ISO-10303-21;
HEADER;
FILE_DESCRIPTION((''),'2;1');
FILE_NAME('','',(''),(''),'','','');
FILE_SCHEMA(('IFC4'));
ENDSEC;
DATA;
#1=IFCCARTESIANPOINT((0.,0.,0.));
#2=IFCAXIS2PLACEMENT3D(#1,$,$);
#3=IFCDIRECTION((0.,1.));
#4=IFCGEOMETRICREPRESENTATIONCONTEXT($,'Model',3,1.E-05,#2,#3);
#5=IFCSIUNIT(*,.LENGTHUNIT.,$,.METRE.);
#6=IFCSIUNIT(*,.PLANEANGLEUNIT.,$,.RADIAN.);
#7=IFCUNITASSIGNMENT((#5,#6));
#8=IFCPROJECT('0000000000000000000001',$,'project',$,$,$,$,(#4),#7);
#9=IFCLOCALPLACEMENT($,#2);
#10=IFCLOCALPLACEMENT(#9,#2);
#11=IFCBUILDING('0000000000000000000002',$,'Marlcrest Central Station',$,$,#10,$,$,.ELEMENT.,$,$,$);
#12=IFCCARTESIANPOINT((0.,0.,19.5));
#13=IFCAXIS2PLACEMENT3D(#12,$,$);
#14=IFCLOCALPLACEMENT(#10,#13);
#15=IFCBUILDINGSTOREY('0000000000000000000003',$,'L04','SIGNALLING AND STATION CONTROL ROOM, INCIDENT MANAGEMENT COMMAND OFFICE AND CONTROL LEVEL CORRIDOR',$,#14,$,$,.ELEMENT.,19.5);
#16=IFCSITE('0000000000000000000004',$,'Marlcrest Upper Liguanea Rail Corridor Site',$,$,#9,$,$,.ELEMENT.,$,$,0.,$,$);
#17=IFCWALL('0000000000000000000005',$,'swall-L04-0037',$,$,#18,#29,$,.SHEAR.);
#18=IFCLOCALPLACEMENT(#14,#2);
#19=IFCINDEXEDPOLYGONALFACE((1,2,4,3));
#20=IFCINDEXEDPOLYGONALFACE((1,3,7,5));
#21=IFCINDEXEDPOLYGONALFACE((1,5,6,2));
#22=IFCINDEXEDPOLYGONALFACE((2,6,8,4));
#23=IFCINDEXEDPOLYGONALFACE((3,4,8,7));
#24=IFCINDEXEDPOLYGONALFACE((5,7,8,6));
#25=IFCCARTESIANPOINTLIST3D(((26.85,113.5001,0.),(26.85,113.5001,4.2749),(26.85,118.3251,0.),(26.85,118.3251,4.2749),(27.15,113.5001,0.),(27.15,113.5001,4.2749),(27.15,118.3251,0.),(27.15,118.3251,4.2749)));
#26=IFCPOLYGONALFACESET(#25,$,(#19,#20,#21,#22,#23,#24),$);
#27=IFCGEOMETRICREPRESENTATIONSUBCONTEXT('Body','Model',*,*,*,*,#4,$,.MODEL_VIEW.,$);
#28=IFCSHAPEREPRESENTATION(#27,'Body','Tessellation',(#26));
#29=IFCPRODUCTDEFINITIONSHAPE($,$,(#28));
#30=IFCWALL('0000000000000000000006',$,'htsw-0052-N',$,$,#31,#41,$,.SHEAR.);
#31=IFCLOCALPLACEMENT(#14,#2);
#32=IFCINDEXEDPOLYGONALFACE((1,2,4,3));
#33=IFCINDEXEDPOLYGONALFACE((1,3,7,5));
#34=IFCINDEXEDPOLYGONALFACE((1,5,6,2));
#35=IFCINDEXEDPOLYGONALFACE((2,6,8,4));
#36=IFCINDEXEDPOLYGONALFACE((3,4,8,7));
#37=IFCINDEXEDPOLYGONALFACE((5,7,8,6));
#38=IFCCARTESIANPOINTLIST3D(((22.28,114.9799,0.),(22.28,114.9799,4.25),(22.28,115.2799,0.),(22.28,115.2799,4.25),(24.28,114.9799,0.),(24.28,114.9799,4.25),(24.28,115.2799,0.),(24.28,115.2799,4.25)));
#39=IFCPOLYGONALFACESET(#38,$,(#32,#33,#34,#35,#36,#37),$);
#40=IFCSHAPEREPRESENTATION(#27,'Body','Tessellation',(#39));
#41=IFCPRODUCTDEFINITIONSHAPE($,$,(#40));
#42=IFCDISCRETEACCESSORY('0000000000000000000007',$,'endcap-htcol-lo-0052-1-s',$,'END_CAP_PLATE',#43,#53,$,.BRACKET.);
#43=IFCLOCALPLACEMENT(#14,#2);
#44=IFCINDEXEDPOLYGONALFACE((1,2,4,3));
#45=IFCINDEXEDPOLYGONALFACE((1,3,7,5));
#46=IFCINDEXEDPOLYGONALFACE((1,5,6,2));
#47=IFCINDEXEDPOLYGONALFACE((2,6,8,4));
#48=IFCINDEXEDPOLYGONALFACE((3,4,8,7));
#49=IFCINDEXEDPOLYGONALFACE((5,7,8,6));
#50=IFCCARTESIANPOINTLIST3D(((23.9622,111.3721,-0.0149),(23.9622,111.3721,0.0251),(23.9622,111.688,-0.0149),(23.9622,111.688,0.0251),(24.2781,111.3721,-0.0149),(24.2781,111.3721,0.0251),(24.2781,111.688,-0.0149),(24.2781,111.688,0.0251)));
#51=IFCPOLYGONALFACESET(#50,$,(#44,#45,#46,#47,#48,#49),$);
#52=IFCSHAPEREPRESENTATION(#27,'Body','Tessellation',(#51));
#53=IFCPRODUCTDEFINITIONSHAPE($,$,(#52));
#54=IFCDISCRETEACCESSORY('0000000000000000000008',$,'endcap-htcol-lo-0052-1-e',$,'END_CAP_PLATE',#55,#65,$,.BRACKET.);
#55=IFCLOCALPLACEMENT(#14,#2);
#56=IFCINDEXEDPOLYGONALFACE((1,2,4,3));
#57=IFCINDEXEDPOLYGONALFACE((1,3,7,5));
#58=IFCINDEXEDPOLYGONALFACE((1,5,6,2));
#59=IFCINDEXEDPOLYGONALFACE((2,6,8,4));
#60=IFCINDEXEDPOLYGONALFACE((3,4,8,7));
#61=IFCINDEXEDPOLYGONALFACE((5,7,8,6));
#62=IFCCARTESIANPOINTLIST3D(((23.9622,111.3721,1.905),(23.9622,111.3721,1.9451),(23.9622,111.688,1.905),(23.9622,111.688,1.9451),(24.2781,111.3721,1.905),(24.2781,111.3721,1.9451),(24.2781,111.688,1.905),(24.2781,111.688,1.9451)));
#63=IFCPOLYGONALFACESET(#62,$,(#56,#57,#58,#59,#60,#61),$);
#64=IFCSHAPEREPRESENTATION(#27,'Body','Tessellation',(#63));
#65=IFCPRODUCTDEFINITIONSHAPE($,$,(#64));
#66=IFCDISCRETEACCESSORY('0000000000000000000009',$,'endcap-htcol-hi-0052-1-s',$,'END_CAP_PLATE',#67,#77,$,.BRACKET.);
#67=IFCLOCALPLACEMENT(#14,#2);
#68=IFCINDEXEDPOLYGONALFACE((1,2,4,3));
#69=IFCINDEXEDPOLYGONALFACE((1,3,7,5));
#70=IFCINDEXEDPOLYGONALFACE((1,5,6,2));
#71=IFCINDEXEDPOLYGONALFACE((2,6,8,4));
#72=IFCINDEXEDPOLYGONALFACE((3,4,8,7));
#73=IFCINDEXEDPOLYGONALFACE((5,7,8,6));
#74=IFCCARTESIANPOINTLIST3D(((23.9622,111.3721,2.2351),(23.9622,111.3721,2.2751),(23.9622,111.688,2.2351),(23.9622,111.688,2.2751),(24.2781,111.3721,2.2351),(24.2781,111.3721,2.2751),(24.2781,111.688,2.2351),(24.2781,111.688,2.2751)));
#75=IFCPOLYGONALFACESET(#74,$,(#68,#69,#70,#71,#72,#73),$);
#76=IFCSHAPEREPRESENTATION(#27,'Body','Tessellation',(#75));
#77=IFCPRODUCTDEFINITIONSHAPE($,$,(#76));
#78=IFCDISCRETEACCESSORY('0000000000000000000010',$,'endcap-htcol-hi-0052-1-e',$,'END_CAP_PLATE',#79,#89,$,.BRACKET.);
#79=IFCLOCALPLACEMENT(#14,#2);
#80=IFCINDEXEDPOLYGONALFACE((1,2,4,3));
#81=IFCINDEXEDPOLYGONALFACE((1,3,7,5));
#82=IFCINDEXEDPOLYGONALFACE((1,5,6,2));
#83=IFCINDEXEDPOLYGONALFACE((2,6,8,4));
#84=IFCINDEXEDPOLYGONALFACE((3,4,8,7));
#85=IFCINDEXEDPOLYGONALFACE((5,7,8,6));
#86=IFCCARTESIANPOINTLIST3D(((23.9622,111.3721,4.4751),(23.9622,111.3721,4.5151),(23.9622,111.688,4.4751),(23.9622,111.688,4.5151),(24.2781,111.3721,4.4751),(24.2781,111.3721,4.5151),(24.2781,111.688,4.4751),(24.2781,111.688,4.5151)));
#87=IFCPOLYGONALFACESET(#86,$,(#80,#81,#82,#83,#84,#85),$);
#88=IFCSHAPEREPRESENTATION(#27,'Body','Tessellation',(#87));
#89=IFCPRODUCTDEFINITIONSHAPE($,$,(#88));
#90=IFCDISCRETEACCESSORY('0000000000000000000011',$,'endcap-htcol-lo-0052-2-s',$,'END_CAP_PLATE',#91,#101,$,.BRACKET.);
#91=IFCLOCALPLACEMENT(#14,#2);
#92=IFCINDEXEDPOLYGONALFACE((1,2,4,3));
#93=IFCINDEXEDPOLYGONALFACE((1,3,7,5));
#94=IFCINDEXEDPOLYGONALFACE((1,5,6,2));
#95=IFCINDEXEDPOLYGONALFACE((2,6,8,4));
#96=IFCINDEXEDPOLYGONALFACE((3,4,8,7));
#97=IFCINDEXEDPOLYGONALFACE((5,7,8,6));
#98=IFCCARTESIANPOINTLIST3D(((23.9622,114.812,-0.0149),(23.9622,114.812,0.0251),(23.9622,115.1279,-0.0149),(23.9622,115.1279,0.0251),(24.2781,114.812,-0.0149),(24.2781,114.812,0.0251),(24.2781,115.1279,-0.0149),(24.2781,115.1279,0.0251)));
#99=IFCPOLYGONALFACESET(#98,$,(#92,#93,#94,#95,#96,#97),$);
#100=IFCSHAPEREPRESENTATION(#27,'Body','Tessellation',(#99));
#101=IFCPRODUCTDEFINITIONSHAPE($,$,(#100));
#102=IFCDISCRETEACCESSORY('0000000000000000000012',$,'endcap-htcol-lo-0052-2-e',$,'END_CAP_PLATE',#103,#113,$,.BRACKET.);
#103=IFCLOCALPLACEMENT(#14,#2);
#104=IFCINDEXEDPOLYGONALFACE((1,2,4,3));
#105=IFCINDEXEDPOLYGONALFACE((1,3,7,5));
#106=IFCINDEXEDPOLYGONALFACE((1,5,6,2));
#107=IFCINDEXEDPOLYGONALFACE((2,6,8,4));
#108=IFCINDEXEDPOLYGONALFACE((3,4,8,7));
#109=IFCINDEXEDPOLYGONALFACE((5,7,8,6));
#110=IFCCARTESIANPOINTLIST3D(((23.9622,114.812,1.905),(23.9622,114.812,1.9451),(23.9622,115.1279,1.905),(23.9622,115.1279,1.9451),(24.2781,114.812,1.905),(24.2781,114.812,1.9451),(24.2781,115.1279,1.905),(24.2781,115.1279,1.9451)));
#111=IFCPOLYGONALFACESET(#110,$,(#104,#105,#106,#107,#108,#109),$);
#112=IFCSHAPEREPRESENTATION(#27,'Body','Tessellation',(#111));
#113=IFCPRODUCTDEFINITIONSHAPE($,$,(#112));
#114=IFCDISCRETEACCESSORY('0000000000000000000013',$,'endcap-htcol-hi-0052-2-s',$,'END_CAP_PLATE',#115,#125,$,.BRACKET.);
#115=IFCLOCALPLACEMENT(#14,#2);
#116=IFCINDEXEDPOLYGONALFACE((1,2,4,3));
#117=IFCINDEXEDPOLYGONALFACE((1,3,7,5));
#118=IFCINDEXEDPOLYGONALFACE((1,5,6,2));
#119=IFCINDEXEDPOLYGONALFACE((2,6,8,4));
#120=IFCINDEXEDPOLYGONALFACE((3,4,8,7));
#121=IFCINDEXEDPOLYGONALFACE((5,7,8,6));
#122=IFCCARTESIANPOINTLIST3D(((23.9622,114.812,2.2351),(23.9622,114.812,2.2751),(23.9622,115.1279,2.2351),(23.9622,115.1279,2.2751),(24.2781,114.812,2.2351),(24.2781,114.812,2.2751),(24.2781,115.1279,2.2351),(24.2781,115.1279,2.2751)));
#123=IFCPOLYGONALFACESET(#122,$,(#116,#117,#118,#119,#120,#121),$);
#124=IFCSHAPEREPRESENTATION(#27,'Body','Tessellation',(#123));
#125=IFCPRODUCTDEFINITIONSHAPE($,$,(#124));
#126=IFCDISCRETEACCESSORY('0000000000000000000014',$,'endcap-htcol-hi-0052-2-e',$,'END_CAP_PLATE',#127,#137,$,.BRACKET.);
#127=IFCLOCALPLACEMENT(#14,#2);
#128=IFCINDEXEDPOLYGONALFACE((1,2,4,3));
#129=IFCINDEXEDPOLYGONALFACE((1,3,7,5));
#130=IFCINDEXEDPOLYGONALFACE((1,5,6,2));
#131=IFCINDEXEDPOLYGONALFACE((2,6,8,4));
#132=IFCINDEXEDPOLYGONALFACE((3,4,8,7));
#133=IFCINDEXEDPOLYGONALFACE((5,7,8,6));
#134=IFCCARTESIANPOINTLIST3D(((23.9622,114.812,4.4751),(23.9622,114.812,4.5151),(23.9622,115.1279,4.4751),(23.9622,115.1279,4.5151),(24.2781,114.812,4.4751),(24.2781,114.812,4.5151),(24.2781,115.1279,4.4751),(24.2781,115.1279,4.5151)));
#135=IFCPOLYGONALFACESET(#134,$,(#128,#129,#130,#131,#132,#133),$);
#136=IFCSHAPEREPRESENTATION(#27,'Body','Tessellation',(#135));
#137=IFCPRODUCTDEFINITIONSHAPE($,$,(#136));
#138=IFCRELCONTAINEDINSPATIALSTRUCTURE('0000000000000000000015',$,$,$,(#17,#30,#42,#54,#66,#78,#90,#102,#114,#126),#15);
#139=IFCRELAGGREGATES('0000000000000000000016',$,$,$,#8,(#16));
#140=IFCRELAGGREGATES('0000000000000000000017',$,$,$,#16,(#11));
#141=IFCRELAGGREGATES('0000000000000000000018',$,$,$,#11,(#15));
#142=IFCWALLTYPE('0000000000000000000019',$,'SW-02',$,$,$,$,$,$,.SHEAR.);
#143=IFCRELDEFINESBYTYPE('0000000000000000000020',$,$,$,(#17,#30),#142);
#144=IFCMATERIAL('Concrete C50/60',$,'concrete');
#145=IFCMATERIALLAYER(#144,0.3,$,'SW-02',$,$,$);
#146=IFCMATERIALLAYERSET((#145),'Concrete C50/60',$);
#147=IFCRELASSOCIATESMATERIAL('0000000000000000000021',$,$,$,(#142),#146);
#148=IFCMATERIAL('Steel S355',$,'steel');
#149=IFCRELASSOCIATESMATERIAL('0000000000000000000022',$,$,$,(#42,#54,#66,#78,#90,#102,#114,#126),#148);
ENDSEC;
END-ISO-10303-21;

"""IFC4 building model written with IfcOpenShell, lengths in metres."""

from ifc_helpers import new_model, si_unit, direction, frame, frame_2d, origin, origin_2d, place, context, subcontext, project, spatial, rectangle, extrude, material, layer, layer_set, type_object, element, save


model = new_model("IFC4")

# Units and contexts
model_context = context("Model", 3, precision=1e-05, world=origin(), true_north=direction((0.0, 1.0)))
body_context = subcontext(model_context, "Body", "Model", "MODEL_VIEW")
ifc_project = project(units=[si_unit("LENGTHUNIT", "METRE"), si_unit("PLANEANGLEUNIT", "RADIAN")], contexts=[model_context])

# Site, building, storey
site_placement = place(None, origin())
site = spatial("IfcSite", under=ifc_project, at=site_placement, Name="Marlcrest Upper Liguanea Rail Corridor Site", CompositionType="ELEMENT", RefElevation=0.0)
building_placement = place(site_placement, origin())
building = spatial("IfcBuilding", under=site, at=building_placement, Name="Marlcrest Central Station", CompositionType="ELEMENT")
storey_placement = place(building_placement, frame((0.0, 0.0, 19.5)))
storey = spatial("IfcBuildingStorey", under=building, at=storey_placement, Name="L04", Description="SIGNALLING AND STATION CONTROL ROOM, INCIDENT MANAGEMENT COMMAND OFFICE AND CONTROL LEVEL CORRIDOR", CompositionType="ELEMENT", Elevation=19.5)

# Shared definitions
ifc_material_1 = material(Name="Steel S355", Category="steel")

# Walls
ifc_material_2 = material(Name="Concrete C50/60", Category="concrete")
ifc_layer_1 = layer(ifc_material_2, 0.3, Name="SW-02")
ifc_layer_set_1 = layer_set([ifc_layer_1], Name="Concrete C50/60")
wall_type_1 = type_object("IfcWallType", Name="SW-02", PredefinedType="SHEAR", material=ifc_layer_set_1)
wall_1_placement = place(storey_placement, frame((27.0, 113.5, 0.0), z_axis=(0.0, 0.0, 1.0), x_axis=(0.0, 1.0, 0.0)))
element("IfcWall", 1, at=wall_1_placement, inside=storey, type_object=wall_type_1, Name="swall-L04-0037", PredefinedType="SHEAR", context=body_context, shape_type="SweptSolid", body=[
    extrude(rectangle(XDim=4.825, YDim=0.3, at=frame_2d((2.4126, 0.0))), origin(), (0.0, 0.0, 1.0), 4.2749),
])
wall_2_placement = place(storey_placement, frame((24.28, 115.1299, 0.0), z_axis=(0.0, 0.0, 1.0), x_axis=(-1.0, 0.0, 0.0)))
element("IfcWall", 2, at=wall_2_placement, inside=storey, type_object=wall_type_1, Name="htsw-0052-N", PredefinedType="SHEAR", context=body_context, shape_type="SweptSolid", body=[
    extrude(rectangle(XDim=2.0, YDim=0.3, at=frame_2d((1.0, 0.0))), origin(), (0.0, 0.0, 1.0), 4.25),
])

# Discrete accessories
for number, where, z_axis, x_axis, name in (
    (3, (24.1201, 111.53, -0.0149), (0.0, 0.0, 1.0), (1.0, 0.0, 0.0), "endcap-htcol-lo-0052-1-s"),
    (4, (24.1201, 111.53, 1.905), (0.0, 0.0, 1.0), (1.0, 0.0, 0.0), "endcap-htcol-lo-0052-1-e"),
    (5, (24.1201, 111.53, 2.2351), (0.0, 0.0, 1.0), (1.0, 0.0, 0.0), "endcap-htcol-hi-0052-1-s"),
    (6, (24.1201, 111.53, 4.4751), (0.0, 0.0, 1.0), (1.0, 0.0, 0.0), "endcap-htcol-hi-0052-1-e"),
    (7, (24.1201, 114.97, -0.0149), (0.0, 0.0, 1.0), (1.0, 0.0, 0.0), "endcap-htcol-lo-0052-2-s"),
    (8, (24.1201, 114.97, 1.905), (0.0, 0.0, 1.0), (1.0, 0.0, 0.0), "endcap-htcol-lo-0052-2-e"),
    (9, (24.1201, 114.97, 2.2351), (0.0, 0.0, 1.0), (1.0, 0.0, 0.0), "endcap-htcol-hi-0052-2-s"),
    (10, (24.1201, 114.97, 4.4751), (0.0, 0.0, 1.0), (1.0, 0.0, 0.0), "endcap-htcol-hi-0052-2-e"),
):
    element("IfcDiscreteAccessory", number, at=place(storey_placement, frame(where, z_axis=z_axis, x_axis=x_axis)), inside=storey, material=ifc_material_1, Name=name, ObjectType="END_CAP_PLATE", PredefinedType="BRACKET", context=body_context, shape_type="SweptSolid", body=[
        extrude(rectangle(XDim=0.3159, YDim=0.3159, at=origin_2d()), origin(), (0.0, 0.0, 1.0), 0.04),
    ])

save(model, "model.ifc")
